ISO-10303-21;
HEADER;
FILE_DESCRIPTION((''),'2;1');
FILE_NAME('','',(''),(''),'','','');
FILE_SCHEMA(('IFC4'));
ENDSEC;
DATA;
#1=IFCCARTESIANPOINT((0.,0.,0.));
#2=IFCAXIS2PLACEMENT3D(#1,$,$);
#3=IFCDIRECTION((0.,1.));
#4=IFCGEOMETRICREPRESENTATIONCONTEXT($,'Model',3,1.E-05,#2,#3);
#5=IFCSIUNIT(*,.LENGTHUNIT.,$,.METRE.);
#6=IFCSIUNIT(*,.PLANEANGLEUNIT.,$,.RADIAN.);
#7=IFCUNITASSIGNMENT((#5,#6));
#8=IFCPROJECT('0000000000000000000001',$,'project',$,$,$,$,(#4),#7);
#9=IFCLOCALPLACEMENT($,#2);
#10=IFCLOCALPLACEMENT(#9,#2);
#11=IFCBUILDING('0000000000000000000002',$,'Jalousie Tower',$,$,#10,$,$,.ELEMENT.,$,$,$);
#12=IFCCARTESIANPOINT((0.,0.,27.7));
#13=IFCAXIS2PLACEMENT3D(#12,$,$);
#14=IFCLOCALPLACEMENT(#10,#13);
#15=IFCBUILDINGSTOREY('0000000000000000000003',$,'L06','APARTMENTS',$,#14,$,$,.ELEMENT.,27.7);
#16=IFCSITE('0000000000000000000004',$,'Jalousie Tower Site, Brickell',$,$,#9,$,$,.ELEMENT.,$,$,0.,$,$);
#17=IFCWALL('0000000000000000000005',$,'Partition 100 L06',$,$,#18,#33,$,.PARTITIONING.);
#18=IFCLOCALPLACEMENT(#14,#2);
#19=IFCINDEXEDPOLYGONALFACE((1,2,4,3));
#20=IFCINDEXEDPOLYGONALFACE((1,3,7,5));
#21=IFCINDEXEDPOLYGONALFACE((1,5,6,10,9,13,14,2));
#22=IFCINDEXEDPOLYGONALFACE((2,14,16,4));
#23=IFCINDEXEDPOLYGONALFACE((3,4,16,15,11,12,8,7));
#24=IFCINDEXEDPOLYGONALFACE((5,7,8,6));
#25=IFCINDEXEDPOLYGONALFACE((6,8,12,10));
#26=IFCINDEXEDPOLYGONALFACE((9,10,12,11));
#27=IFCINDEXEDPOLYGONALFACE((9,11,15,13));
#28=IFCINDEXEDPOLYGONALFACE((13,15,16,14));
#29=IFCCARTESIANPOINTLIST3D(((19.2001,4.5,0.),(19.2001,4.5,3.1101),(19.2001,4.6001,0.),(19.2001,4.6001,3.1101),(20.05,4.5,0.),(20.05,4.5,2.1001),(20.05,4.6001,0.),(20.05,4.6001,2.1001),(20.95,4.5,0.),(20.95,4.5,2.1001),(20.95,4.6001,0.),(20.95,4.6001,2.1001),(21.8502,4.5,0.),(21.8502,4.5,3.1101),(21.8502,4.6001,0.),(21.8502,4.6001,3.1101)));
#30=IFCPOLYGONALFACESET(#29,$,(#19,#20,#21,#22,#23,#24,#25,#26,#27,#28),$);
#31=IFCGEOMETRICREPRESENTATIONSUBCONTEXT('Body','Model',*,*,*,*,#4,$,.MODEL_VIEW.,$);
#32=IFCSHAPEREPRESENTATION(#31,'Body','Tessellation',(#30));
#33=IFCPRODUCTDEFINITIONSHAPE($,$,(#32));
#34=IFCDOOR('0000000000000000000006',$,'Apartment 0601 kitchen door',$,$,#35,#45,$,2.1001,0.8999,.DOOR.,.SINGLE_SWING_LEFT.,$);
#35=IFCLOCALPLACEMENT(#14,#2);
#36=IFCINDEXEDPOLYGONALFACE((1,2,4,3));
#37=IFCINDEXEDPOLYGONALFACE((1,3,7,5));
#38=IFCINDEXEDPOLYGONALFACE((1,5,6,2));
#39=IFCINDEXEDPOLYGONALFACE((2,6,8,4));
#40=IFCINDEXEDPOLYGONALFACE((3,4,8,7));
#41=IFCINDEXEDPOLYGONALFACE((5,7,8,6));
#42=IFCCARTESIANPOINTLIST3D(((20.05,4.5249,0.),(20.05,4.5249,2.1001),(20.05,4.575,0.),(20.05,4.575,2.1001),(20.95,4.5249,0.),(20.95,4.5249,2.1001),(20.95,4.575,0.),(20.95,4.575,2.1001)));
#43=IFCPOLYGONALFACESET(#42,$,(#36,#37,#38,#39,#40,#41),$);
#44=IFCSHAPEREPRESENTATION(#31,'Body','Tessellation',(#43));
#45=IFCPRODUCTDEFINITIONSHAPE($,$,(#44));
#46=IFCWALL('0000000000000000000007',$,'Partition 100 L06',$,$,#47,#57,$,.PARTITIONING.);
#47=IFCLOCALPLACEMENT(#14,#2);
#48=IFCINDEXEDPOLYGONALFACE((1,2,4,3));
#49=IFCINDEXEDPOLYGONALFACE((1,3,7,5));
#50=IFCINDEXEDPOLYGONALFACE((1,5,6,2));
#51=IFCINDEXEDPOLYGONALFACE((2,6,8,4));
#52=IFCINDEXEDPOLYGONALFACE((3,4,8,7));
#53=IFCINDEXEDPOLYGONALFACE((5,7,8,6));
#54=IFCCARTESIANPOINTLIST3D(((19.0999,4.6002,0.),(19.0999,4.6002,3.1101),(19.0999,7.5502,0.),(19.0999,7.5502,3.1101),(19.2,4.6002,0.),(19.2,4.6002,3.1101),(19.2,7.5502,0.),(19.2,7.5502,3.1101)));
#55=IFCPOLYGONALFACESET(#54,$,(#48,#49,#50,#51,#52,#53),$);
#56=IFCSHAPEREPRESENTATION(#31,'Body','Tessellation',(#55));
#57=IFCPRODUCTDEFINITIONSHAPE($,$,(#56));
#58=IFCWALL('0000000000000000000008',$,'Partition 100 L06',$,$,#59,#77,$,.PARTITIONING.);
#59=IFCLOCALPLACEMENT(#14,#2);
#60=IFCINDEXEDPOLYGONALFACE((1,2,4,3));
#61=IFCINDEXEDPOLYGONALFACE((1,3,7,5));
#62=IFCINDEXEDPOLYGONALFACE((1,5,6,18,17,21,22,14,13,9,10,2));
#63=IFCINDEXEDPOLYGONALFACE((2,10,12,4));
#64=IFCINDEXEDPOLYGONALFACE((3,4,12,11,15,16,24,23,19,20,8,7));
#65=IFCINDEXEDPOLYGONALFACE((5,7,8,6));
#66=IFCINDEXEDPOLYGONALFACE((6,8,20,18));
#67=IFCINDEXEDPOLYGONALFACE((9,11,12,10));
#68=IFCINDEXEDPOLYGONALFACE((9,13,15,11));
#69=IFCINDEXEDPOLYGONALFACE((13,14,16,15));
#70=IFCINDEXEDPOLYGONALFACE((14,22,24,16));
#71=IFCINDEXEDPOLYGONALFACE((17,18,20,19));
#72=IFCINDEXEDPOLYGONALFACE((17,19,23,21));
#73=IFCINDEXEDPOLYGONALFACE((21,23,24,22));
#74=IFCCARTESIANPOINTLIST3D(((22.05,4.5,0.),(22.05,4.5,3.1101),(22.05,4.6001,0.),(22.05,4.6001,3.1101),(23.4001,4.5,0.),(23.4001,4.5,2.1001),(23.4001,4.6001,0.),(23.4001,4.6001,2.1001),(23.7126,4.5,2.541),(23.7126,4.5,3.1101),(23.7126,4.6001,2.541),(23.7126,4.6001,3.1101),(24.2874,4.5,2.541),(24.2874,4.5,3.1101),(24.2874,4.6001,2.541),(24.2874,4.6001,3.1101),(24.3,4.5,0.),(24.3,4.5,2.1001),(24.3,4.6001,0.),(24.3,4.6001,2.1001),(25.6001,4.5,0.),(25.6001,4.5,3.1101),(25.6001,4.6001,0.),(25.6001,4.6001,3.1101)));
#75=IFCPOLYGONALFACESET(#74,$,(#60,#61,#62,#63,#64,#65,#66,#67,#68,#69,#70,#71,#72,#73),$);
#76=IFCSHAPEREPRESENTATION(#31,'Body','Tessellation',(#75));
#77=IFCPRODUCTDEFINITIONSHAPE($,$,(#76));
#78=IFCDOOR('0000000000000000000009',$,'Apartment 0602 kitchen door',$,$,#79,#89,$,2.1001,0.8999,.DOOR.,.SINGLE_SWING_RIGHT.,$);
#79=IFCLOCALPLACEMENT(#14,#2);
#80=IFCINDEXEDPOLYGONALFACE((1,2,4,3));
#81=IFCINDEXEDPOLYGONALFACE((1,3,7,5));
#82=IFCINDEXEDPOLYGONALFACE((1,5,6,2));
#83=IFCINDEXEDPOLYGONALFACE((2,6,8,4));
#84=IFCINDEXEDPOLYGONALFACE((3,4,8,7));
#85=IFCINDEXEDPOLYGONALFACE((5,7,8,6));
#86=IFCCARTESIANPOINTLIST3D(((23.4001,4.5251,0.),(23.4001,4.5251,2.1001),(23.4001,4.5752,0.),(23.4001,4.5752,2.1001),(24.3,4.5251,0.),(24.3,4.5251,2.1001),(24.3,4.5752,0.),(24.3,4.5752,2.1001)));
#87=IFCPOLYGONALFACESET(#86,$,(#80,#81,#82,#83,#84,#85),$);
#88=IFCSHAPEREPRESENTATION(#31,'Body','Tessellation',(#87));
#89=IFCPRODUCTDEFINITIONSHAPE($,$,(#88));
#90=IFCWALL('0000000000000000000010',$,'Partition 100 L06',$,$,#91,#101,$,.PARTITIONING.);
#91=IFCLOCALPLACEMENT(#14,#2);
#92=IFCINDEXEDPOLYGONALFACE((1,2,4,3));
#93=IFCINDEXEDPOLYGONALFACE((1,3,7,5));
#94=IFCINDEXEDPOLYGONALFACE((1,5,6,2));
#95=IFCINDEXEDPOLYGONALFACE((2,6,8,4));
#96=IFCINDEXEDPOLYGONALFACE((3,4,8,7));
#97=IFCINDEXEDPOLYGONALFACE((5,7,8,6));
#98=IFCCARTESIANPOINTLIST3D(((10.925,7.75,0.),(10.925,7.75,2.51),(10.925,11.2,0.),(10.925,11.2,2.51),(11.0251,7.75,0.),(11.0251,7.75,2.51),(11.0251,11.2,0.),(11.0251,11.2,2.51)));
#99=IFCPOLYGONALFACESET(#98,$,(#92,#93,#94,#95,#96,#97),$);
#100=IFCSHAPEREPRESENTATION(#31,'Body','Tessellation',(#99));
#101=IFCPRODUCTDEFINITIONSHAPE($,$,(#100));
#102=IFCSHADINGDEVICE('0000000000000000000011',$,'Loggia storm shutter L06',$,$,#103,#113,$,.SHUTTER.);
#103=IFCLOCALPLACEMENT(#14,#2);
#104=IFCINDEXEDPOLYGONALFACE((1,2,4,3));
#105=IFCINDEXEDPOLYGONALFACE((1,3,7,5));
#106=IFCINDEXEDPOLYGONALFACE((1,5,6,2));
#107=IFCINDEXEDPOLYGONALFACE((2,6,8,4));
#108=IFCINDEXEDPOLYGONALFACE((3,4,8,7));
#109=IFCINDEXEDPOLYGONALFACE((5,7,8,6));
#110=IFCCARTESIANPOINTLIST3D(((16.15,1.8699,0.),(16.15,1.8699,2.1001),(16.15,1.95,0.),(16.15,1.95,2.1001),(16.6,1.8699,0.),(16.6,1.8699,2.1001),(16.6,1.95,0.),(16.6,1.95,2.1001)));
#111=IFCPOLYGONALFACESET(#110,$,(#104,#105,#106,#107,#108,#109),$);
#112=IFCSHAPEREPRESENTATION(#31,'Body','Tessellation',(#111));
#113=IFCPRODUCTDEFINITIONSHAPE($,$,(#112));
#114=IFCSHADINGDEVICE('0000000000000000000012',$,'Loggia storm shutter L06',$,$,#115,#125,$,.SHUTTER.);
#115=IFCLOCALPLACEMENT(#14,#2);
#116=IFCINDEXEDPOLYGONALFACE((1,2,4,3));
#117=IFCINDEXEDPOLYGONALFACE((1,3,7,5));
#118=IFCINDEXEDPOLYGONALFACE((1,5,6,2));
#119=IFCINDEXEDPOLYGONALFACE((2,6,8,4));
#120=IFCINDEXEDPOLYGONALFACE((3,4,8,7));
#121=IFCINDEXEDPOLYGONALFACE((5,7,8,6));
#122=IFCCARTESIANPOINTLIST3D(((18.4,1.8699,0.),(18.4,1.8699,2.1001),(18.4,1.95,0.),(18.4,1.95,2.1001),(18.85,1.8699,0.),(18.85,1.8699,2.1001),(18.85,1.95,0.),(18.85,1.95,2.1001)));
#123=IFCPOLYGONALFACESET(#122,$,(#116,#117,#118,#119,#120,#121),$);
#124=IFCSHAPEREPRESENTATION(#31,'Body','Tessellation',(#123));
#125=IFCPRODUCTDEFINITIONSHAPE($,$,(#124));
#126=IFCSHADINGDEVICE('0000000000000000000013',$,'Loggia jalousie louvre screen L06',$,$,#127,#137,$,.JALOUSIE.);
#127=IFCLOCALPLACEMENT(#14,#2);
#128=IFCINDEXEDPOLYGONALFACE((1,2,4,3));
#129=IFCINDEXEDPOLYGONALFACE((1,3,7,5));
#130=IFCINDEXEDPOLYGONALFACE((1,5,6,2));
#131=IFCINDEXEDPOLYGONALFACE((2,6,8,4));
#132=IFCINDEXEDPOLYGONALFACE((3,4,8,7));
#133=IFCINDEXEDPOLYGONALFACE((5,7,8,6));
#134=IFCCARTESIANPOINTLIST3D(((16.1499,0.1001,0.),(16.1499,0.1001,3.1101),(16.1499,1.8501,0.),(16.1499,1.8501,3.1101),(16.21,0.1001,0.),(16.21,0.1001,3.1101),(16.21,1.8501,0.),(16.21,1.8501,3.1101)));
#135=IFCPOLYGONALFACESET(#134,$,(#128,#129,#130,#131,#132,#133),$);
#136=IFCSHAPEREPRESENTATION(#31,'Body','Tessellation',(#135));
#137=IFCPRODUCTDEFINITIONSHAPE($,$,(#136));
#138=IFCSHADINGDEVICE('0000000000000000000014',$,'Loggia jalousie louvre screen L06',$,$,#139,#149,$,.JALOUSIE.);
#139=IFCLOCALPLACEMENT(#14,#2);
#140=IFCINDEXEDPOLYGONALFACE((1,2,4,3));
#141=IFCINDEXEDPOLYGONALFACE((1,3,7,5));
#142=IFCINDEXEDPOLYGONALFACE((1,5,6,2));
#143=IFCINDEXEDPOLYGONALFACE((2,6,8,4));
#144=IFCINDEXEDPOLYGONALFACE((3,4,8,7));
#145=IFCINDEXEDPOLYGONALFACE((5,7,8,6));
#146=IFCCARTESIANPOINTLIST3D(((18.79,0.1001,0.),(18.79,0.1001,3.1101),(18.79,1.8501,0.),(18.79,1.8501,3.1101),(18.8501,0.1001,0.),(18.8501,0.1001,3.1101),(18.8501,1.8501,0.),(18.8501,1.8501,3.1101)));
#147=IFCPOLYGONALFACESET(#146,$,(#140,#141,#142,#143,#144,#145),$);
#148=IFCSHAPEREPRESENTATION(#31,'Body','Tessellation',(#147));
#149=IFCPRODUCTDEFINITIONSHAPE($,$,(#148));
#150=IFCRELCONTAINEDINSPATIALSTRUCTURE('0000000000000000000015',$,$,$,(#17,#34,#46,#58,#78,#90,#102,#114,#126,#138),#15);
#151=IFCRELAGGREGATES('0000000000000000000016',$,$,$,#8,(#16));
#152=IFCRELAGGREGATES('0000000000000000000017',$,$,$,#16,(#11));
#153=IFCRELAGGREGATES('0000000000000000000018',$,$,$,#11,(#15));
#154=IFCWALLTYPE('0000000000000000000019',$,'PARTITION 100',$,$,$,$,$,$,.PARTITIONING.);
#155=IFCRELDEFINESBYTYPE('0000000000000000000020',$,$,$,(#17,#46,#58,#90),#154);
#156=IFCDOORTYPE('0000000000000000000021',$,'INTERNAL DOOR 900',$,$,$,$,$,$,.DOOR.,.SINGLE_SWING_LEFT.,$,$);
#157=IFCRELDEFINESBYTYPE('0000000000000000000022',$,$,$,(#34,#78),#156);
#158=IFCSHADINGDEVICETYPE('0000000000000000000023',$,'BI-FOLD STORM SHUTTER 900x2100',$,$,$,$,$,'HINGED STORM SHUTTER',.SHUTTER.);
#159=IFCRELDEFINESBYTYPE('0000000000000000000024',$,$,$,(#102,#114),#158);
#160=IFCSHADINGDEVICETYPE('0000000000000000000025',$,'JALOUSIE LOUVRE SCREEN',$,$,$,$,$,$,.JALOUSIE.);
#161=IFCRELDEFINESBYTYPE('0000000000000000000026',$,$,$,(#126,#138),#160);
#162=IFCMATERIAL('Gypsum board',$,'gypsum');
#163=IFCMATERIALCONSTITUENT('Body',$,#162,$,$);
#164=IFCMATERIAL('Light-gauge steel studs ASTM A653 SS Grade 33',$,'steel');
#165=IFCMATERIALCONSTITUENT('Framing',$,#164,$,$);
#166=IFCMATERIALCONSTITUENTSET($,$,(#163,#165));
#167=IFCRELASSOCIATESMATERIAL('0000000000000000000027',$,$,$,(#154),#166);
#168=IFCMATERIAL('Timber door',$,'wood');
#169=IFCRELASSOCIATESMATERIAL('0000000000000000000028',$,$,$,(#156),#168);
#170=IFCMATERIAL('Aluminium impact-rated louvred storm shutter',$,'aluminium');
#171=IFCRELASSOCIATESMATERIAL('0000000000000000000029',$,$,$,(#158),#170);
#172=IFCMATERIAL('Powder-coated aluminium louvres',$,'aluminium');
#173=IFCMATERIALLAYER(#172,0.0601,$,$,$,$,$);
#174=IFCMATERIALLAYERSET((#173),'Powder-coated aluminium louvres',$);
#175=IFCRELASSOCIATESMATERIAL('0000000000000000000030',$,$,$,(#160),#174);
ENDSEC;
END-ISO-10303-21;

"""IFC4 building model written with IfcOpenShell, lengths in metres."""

from ifc_helpers import new_model, si_unit, direction, frame, frame_2d, origin, origin_2d, place, context, subcontext, project, spatial, polyline, rectangle, outline, extrude, material, layer, layer_set, constituent, constituent_set, type_object, element, fill, save


model = new_model("IFC4")

# Units and contexts
model_context = context("Model", 3, precision=1e-05, world=origin(), true_north=direction((0.0, 1.0)))
body_context = subcontext(model_context, "Body", "Model", "MODEL_VIEW")
ifc_project = project(units=[si_unit("LENGTHUNIT", "METRE"), si_unit("PLANEANGLEUNIT", "RADIAN")], contexts=[model_context])

# Site, building, storey
site_placement = place(None, origin())
site = spatial("IfcSite", under=ifc_project, at=site_placement, Name="Jalousie Tower Site, Brickell", CompositionType="ELEMENT", RefElevation=0.0)
building_placement = place(site_placement, origin())
building = spatial("IfcBuilding", under=site, at=building_placement, Name="Jalousie Tower", CompositionType="ELEMENT")
storey_placement = place(building_placement, frame((0.0, 0.0, 27.7)))
storey = spatial("IfcBuildingStorey", under=building, at=storey_placement, Name="L06", Description="APARTMENTS", CompositionType="ELEMENT", Elevation=27.7)

# Wall, opening, door
ifc_material_1 = material(Name="Gypsum board", Category="gypsum")
ifc_constituent_1 = constituent(ifc_material_1, Name="Body")
ifc_material_2 = material(Name="Light-gauge steel studs ASTM A653 SS Grade 33", Category="steel")
ifc_constituent_2 = constituent(ifc_material_2, Name="Framing")
ifc_constituent_set_1 = constituent_set(constituents=[ifc_constituent_1, ifc_constituent_2])
wall_type_1 = type_object("IfcWallType", Name="PARTITION 100", PredefinedType="PARTITIONING", material=ifc_constituent_set_1)
wall_1_placement = place(storey_placement, frame((19.2, 4.55, 0.0), z_axis=(0.0, 0.0, 1.0), x_axis=(1.0, 0.0, 0.0)))
wall_1 = element("IfcWall", 1, at=wall_1_placement, inside=storey, type_object=wall_type_1, Name="Partition 100 L06", PredefinedType="PARTITIONING", context=body_context, shape_type="SweptSolid", body=[
    extrude(rectangle(XDim=2.6501, YDim=0.1001, at=frame_2d((1.3252, 0.0))), origin(), (0.0, 0.0, 1.0), 3.1101),
])
opening_1_placement = place(wall_1_placement, frame((0.8501, 0.0, 0.0)))
opening_1 = element("IfcOpeningElement", 2, at=opening_1_placement, cuts=wall_1, PredefinedType="OPENING", context=body_context, shape_type="SweptSolid", body=[
    extrude(rectangle(XDim=0.8999, YDim=2.1001, at=frame_2d((0.45, 1.05))), frame((0.0, 0.0601, 0.0), z_axis=(0.0, -1.0, 0.0), x_axis=(1.0, 0.0, 0.0)), (0.0, 0.0, 1.0), 0.1201),
])
ifc_material_3 = material(Name="Timber door", Category="wood")
door_type_1 = type_object("IfcDoorType", Name="INTERNAL DOOR 900", OperationType="SINGLE_SWING_LEFT", PredefinedType="DOOR", material=ifc_material_3)
door_1_placement = place(opening_1_placement, origin())
door_1 = element("IfcDoor", 3, at=door_1_placement, inside=storey, type_object=door_type_1, Name="Apartment 0601 kitchen door", OperationType="SINGLE_SWING_LEFT", OverallHeight=2.1001, OverallWidth=0.8999, PredefinedType="DOOR", context=body_context, shape_type="SweptSolid", body=[
    extrude(rectangle(XDim=0.8999, YDim=2.1001, at=frame_2d((0.45, 1.05))), frame((0.0, 0.0249, 0.0), z_axis=(0.0, -1.0, 0.0), x_axis=(1.0, 0.0, 0.0)), (0.0, 0.0, 1.0), 0.05),
])
fill(opening_1, door_1)

# Wall
wall_2_placement = place(storey_placement, frame((19.1499, 4.6001, 0.0), z_axis=(0.0, 0.0, 1.0), x_axis=(0.0, 1.0, 0.0)))
element("IfcWall", 4, at=wall_2_placement, inside=storey, type_object=wall_type_1, Name="Partition 100 L06", PredefinedType="PARTITIONING", context=body_context, shape_type="SweptSolid", body=[
    extrude(rectangle(XDim=2.95, YDim=0.1001, at=frame_2d((1.4751, 0.0))), origin(), (0.0, 0.0, 1.0), 3.1101),
])

# Wall, opening, door
wall_3_placement = place(storey_placement, frame((22.05, 4.55, 0.0), z_axis=(0.0, 0.0, 1.0), x_axis=(1.0, 0.0, 0.0)))
wall_3 = element("IfcWall", 5, at=wall_3_placement, inside=storey, type_object=wall_type_1, Name="Partition 100 L06", PredefinedType="PARTITIONING", context=body_context, shape_type="SweptSolid", body=[
    extrude(outline(polyline([(0.0, 0.0), (3.55, 0.0), (3.55, 3.1101), (2.2373, 3.1101), (2.2373, 2.541), (1.6626, 2.541), (1.6626, 3.1101), (0.0, 3.1101), (0.0, 0.0)])), frame((0.0, 0.05, 0.0), z_axis=(0.0, -1.0, 0.0), x_axis=(1.0, 0.0, 0.0)), (0.0, 0.0, 1.0), 0.1001),
])
opening_2_placement = place(wall_3_placement, frame((1.3501, 0.0, 0.0)))
opening_2 = element("IfcOpeningElement", 6, at=opening_2_placement, cuts=wall_3, PredefinedType="OPENING", context=body_context, shape_type="SweptSolid", body=[
    extrude(rectangle(XDim=0.8999, YDim=2.1001, at=frame_2d((0.45, 1.05))), frame((0.0, 0.0601, 0.0), z_axis=(0.0, -1.0, 0.0), x_axis=(1.0, 0.0, 0.0)), (0.0, 0.0, 1.0), 0.1201),
])
door_2_placement = place(opening_2_placement, frame((0.8999, 0.0, 0.0), z_axis=(0.0, 0.0, 1.0), x_axis=(-1.0, 0.0, 0.0)))
door_2 = element("IfcDoor", 7, at=door_2_placement, inside=storey, type_object=door_type_1, Name="Apartment 0602 kitchen door", OperationType="SINGLE_SWING_RIGHT", OverallHeight=2.1001, OverallWidth=0.8999, PredefinedType="DOOR", context=body_context, shape_type="SweptSolid", body=[
    extrude(rectangle(XDim=0.8999, YDim=2.1001, at=frame_2d((0.45, 1.05))), frame((0.0, 0.0249, 0.0), z_axis=(0.0, -1.0, 0.0), x_axis=(1.0, 0.0, 0.0)), (0.0, 0.0, 1.0), 0.05),
])
fill(opening_2, door_2)

# Wall
wall_4_placement = place(storey_placement, frame((10.9751, 7.75, 0.0), z_axis=(0.0, 0.0, 1.0), x_axis=(0.0, 1.0, 0.0)))
element("IfcWall", 8, at=wall_4_placement, inside=storey, type_object=wall_type_1, Name="Partition 100 L06", PredefinedType="PARTITIONING", context=body_context, shape_type="SweptSolid", body=[
    extrude(outline(polyline([(0.0, 0.0), (3.45, 0.0), (3.45, 3.1101), (3.45, 2.51), (0.0, 2.51), (0.0, 3.1101), (0.0, 0.0)])), frame((0.0, 0.05, 0.0), z_axis=(0.0, -1.0, 0.0), x_axis=(1.0, 0.0, 0.0)), (0.0, 0.0, 1.0), 0.1001),
])

# Shading devices
ifc_material_4 = material(Name="Aluminium impact-rated louvred storm shutter", Category="aluminium")
shading_device_type_1 = type_object("IfcShadingDeviceType", Name="BI-FOLD STORM SHUTTER 900x2100", ElementType="HINGED STORM SHUTTER", PredefinedType="SHUTTER", material=ifc_material_4)
for number, where, z_axis, x_axis, name in (
    (9, (16.375, 1.9099, 0.0), (0.0, 0.0, 1.0), (1.0, 0.0, 0.0), "Loggia storm shutter L06"),
    (10, (18.625, 1.9099, 0.0), (0.0, 0.0, 1.0), (1.0, 0.0, 0.0), "Loggia storm shutter L06"),
):
    element("IfcShadingDevice", number, at=place(storey_placement, frame(where, z_axis=z_axis, x_axis=x_axis)), inside=storey, type_object=shading_device_type_1, Name=name, PredefinedType="SHUTTER", context=body_context, shape_type="SweptSolid", body=[
        extrude(rectangle(XDim=0.45, YDim=0.0801, at=origin_2d()), origin(), (0.0, 0.0, 1.0), 2.1001),
    ])
ifc_material_5 = material(Name="Powder-coated aluminium louvres", Category="aluminium")
ifc_layer_1 = layer(ifc_material_5, 0.0601)
ifc_layer_set_1 = layer_set([ifc_layer_1], Name="Powder-coated aluminium louvres")
shading_device_type_2 = type_object("IfcShadingDeviceType", Name="JALOUSIE LOUVRE SCREEN", PredefinedType="JALOUSIE", material=ifc_layer_set_1)
for number, where, z_axis, x_axis, name in (
    (11, (16.1799, 0.9751, 0.0), (0.0, 0.0, 1.0), (1.0, 0.0, 0.0), "Loggia jalousie louvre screen L06"),
    (12, (18.8201, 0.9751, 0.0), (0.0, 0.0, 1.0), (1.0, 0.0, 0.0), "Loggia jalousie louvre screen L06"),
):
    element("IfcShadingDevice", number, at=place(storey_placement, frame(where, z_axis=z_axis, x_axis=x_axis)), inside=storey, type_object=shading_device_type_2, Name=name, PredefinedType="JALOUSIE", context=body_context, shape_type="SweptSolid", body=[
        extrude(rectangle(XDim=0.0601, YDim=1.75, at=origin_2d()), origin(), (0.0, 0.0, 1.0), 3.1101),
    ])

save(model, "model.ifc")
